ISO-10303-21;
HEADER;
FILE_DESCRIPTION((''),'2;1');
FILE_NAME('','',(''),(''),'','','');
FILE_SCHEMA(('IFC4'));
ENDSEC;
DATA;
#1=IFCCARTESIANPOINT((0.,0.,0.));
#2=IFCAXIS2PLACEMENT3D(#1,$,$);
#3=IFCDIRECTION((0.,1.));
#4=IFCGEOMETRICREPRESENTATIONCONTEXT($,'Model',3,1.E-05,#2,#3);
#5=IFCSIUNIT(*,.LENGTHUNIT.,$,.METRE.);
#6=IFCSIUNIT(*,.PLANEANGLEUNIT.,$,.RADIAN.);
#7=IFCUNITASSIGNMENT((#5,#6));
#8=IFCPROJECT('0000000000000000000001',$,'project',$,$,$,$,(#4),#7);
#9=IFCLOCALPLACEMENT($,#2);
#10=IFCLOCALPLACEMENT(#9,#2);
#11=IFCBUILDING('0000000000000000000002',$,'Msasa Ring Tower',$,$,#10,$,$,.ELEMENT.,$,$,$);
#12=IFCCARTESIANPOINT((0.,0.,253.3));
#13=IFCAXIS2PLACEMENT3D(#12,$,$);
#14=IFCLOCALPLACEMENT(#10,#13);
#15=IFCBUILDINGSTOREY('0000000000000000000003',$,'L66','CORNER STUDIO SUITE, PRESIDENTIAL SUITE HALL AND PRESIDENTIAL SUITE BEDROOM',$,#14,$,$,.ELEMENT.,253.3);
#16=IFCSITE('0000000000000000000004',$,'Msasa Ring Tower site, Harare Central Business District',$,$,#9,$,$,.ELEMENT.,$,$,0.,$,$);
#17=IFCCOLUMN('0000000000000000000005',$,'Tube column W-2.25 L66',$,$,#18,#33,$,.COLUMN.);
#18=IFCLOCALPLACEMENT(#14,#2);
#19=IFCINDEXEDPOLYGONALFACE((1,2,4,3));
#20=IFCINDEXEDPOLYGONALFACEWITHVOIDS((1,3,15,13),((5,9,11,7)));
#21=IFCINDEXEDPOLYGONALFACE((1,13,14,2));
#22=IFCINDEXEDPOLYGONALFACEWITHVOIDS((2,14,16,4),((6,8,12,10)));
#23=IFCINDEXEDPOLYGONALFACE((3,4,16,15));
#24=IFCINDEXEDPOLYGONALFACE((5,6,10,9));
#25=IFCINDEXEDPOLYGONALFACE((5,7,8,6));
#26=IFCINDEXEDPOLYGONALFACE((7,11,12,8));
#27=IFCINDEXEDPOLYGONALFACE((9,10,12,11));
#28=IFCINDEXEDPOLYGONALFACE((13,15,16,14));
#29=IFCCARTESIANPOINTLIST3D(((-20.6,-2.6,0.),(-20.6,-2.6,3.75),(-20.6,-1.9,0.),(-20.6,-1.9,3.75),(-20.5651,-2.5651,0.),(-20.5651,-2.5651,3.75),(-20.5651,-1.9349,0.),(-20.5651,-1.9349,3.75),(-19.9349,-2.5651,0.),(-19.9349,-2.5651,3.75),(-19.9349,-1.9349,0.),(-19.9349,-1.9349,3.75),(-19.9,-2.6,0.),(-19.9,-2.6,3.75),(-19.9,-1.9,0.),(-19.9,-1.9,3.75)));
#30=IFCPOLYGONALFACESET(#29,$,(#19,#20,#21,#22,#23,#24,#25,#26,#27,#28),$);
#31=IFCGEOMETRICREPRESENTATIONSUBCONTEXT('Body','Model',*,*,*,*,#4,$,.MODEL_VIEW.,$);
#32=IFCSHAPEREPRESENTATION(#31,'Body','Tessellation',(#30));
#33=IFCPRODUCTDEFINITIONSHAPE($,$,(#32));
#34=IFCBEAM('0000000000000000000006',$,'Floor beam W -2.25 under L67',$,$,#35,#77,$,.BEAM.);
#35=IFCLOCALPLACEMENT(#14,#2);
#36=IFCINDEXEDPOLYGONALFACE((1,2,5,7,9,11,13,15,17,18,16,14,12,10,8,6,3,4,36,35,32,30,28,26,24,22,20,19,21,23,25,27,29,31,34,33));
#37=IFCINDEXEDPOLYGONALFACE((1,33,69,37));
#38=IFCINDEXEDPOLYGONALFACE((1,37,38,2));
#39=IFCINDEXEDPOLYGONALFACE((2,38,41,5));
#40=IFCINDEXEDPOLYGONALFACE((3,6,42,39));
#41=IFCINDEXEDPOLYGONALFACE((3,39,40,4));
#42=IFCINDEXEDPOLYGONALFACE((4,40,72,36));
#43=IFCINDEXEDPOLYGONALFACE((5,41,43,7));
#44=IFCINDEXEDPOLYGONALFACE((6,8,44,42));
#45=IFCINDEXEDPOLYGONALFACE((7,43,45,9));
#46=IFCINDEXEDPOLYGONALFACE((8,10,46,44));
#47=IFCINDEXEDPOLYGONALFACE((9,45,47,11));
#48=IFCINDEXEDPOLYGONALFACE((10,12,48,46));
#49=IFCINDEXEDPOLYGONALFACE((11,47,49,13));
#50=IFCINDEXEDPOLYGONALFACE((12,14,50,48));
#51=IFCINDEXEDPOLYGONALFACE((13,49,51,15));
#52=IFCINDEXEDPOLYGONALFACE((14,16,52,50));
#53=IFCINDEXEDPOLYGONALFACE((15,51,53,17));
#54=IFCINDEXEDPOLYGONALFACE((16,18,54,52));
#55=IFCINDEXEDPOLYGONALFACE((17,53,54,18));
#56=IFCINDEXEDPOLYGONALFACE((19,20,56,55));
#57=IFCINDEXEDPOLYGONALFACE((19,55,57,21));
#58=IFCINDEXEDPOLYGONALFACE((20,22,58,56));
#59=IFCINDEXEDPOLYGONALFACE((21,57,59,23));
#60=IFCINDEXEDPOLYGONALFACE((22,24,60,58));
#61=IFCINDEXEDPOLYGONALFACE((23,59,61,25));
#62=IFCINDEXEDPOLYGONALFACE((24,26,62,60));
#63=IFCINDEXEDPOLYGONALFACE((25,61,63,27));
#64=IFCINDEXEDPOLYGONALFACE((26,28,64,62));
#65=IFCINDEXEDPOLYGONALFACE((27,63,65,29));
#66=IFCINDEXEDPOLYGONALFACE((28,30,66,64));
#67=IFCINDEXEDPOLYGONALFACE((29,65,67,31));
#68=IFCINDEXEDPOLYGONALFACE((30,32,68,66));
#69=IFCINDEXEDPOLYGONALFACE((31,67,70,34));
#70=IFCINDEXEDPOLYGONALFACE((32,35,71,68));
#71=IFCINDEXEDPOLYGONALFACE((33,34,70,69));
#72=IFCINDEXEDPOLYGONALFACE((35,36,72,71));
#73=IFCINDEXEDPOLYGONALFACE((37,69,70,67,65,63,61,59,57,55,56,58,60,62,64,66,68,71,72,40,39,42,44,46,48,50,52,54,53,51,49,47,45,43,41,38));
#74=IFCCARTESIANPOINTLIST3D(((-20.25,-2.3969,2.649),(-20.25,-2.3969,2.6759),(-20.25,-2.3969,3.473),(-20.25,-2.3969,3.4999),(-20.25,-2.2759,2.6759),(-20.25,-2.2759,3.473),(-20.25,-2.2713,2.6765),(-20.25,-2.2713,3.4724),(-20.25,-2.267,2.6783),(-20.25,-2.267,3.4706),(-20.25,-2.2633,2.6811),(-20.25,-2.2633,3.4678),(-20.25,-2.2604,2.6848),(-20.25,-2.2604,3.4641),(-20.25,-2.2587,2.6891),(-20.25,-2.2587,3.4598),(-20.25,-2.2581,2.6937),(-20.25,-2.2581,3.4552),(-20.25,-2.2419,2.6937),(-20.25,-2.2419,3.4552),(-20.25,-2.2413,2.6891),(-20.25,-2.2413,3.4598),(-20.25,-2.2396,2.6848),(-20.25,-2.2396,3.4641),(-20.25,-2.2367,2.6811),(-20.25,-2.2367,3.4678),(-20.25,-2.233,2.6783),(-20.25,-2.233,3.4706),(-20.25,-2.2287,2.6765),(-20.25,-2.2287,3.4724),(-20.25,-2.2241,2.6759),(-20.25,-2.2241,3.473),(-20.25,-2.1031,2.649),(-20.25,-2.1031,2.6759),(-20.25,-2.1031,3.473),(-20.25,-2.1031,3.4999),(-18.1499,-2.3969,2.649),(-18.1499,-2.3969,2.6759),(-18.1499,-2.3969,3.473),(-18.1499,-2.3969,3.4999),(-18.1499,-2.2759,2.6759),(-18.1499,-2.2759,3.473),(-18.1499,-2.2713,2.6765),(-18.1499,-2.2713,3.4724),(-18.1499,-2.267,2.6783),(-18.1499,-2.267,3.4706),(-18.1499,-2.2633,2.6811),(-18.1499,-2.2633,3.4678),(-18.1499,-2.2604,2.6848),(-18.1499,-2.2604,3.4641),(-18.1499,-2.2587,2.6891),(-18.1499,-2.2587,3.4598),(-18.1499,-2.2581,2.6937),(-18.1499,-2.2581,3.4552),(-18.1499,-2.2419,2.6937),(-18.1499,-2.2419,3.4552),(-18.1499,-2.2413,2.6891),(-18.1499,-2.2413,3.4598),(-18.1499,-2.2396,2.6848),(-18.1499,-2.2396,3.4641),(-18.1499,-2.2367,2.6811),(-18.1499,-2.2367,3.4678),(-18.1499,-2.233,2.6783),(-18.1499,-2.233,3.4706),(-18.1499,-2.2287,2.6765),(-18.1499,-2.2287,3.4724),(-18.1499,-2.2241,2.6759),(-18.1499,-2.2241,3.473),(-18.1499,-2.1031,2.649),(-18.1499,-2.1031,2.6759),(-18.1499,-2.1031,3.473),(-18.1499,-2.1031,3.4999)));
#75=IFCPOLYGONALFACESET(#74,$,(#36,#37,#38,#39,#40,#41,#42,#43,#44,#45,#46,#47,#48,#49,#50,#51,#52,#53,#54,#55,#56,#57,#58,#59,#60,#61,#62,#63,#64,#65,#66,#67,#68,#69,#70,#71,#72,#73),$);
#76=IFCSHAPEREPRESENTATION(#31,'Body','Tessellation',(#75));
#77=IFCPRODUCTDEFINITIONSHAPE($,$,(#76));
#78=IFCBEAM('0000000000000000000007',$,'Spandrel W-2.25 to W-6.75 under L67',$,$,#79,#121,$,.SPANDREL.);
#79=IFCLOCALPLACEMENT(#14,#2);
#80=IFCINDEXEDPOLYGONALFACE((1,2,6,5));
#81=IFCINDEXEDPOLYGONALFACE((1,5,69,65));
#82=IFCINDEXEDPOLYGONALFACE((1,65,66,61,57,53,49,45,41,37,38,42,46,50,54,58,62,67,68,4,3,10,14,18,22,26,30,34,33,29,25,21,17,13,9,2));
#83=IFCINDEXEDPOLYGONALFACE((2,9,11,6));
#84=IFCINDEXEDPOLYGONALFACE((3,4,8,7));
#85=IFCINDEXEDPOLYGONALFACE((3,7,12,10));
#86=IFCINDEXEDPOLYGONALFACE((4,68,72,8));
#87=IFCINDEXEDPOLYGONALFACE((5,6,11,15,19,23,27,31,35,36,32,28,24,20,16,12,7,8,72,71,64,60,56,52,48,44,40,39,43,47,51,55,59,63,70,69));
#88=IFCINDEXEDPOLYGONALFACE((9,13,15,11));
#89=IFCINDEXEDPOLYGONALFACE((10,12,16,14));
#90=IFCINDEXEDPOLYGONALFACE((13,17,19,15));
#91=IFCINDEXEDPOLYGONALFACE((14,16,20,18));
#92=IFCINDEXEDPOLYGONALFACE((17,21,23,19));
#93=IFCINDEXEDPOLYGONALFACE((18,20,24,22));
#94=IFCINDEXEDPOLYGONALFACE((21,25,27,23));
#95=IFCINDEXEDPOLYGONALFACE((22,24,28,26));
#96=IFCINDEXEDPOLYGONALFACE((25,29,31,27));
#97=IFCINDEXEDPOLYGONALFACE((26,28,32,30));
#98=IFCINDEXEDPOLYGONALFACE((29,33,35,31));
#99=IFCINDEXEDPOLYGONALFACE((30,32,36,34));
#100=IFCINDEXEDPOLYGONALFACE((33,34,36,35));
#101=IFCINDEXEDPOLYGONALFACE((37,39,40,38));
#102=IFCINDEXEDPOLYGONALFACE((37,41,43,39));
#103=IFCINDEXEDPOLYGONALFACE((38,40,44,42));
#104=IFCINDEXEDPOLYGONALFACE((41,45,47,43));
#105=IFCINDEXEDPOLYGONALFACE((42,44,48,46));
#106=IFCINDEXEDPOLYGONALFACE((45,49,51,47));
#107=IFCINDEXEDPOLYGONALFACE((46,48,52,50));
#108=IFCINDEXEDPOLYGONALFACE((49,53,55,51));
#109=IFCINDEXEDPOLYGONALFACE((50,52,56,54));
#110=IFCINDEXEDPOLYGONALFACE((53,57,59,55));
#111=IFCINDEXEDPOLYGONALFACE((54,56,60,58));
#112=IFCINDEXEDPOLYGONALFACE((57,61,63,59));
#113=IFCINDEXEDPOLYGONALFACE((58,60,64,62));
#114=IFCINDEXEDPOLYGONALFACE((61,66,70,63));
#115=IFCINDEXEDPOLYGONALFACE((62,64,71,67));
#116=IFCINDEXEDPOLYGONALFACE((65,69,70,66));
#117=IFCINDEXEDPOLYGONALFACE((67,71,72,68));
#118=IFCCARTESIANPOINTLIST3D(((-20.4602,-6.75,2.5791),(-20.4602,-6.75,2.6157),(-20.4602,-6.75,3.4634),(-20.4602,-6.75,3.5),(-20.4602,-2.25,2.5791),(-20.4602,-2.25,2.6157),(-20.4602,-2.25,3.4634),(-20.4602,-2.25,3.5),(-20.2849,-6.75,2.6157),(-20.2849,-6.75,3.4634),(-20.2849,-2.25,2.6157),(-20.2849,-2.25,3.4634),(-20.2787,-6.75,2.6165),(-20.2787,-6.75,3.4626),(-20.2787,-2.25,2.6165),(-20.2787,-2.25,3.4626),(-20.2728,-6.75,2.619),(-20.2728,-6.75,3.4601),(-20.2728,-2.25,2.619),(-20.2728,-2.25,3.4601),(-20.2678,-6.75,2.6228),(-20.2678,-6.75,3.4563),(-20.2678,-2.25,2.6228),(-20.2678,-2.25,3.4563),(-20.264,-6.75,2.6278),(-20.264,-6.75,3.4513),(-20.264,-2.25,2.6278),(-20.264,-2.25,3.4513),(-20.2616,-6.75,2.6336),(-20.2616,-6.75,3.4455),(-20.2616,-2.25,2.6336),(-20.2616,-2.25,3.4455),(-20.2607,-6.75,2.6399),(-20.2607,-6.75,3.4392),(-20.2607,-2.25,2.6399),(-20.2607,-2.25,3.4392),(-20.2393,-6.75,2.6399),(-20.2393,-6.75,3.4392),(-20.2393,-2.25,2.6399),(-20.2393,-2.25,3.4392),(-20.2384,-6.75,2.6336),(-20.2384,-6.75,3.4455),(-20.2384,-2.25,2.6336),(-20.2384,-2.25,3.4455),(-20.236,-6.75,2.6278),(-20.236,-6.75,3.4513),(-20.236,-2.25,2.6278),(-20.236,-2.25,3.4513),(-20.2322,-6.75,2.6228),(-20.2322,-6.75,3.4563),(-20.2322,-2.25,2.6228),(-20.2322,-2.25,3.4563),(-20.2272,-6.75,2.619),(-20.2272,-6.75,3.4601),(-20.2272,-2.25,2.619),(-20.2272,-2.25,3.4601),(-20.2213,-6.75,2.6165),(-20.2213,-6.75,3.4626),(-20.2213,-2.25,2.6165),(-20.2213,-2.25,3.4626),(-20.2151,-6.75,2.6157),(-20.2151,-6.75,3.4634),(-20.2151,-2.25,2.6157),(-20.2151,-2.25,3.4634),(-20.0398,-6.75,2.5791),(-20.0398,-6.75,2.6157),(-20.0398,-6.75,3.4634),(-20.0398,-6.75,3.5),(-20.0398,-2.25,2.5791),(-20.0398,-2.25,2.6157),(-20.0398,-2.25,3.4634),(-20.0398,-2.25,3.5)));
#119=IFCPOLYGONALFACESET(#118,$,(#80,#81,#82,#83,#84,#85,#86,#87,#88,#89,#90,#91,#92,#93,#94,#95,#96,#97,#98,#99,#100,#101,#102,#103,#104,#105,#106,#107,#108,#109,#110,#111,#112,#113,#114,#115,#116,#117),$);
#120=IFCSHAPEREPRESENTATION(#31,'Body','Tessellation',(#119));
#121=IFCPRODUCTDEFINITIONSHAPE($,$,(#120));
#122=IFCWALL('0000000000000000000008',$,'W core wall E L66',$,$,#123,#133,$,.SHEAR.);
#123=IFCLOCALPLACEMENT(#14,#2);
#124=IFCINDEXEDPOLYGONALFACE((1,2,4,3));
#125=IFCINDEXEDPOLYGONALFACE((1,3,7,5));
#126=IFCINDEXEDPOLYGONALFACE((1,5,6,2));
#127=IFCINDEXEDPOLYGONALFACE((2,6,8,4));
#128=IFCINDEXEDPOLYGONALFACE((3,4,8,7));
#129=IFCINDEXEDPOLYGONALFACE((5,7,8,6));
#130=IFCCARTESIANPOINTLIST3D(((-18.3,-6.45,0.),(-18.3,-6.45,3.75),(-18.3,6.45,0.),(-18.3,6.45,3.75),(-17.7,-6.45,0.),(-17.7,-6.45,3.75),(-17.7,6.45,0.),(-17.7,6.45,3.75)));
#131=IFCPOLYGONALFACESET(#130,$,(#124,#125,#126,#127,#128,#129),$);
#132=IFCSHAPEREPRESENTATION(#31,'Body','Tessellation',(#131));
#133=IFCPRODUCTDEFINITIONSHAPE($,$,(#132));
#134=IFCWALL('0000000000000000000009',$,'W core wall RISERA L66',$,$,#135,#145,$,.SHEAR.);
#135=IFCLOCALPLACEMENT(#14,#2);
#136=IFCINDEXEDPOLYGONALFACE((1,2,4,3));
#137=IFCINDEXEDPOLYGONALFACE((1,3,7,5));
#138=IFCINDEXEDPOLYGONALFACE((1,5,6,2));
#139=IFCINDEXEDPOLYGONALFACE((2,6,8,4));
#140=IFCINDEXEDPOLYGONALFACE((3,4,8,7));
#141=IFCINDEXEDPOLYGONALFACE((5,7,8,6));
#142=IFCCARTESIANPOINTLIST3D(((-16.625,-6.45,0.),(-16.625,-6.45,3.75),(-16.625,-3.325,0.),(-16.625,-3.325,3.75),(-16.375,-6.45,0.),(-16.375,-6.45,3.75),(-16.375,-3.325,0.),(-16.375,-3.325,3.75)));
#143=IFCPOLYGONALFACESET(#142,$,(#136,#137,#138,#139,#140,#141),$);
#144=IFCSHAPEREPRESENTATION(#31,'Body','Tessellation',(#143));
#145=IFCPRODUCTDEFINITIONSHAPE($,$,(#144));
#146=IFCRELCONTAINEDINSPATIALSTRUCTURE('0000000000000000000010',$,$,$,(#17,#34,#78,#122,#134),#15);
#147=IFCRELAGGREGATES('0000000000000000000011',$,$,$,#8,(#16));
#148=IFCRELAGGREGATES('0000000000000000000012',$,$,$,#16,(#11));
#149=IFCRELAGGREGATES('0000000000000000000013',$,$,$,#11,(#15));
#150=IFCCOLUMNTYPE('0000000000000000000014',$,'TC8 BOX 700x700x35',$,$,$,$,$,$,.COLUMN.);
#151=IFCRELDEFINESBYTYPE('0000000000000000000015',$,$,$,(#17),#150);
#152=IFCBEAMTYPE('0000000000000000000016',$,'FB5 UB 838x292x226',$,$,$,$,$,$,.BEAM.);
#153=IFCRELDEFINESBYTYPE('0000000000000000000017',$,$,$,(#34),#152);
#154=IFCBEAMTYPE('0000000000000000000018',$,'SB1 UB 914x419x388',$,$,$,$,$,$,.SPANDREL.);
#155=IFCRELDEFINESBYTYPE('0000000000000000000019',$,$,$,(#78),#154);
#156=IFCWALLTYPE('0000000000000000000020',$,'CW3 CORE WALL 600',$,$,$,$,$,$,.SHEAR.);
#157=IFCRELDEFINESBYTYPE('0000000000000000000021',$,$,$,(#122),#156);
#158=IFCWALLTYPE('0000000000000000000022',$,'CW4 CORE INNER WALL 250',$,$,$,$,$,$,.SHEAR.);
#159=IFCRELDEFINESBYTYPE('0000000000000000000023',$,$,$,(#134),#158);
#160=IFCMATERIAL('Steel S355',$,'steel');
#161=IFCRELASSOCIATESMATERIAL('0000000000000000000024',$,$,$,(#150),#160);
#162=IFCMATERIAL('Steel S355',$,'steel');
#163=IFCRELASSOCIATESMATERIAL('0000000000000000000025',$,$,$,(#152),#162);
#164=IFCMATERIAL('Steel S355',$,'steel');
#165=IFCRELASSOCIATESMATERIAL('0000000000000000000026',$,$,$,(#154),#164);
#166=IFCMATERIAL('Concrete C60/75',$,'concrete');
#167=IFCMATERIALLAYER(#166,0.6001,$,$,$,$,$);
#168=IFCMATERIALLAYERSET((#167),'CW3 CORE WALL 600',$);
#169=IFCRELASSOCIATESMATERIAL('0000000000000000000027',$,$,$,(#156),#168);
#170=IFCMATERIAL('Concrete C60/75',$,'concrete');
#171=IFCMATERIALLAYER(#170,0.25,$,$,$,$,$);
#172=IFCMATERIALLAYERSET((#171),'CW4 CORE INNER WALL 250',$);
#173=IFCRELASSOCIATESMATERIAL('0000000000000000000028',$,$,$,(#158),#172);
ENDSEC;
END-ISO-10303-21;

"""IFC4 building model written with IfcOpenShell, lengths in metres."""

from ifc_helpers import new_model, si_unit, direction, frame, frame_2d, origin, origin_2d, place, context, subcontext, project, spatial, rectangle, hollow_rectangle, i_section, extrude, material, layer, layer_set, material_profile, profile_set, type_object, element, save


model = new_model("IFC4")

# Units and contexts
model_context = context("Model", 3, precision=1e-05, world=origin(), true_north=direction((0.0, 1.0)))
body_context = subcontext(model_context, "Body", "Model", "MODEL_VIEW")
ifc_project = project(units=[si_unit("LENGTHUNIT", "METRE"), si_unit("PLANEANGLEUNIT", "RADIAN")], contexts=[model_context])

# Site, building, storey
site_placement = place(None, origin())
site = spatial("IfcSite", under=ifc_project, at=site_placement, Name="Msasa Ring Tower site, Harare Central Business District", CompositionType="ELEMENT", RefElevation=0.0)
building_placement = place(site_placement, origin())
building = spatial("IfcBuilding", under=site, at=building_placement, Name="Msasa Ring Tower", CompositionType="ELEMENT")
storey_placement = place(building_placement, frame((0.0, 0.0, 253.3)))
storey = spatial("IfcBuildingStorey", under=building, at=storey_placement, Name="L66", Description="CORNER STUDIO SUITE, PRESIDENTIAL SUITE HALL AND PRESIDENTIAL SUITE BEDROOM", CompositionType="ELEMENT", Elevation=253.3)

# Column
ifc_material_1 = material(Name="Steel S355", Category="steel")
ifc_material_profile_1 = material_profile(ifc_material_1, hollow_rectangle(XDim=0.7, YDim=0.7, WallThickness=0.0349, at=origin_2d()), Name="BOX 700x700x35")
ifc_profile_set_1 = profile_set([ifc_material_profile_1], Name="Steel S355")
column_type = type_object("IfcColumnType", Name="TC8 BOX 700x700x35", PredefinedType="COLUMN", material=ifc_profile_set_1)
column_placement = place(storey_placement, frame((-20.25, -2.25, 0.0), z_axis=(0.0, 0.0, 1.0), x_axis=(1.0, 0.0, 0.0)))
element("IfcColumn", 1, at=column_placement, inside=storey, type_object=column_type, Name="Tube column W-2.25 L66", PredefinedType="COLUMN", context=body_context, shape_type="SweptSolid", body=[
    extrude(hollow_rectangle(XDim=0.7, YDim=0.7, WallThickness=0.0349, at=origin_2d()), origin(), (0.0, 0.0, 1.0), 3.75),
])

# Beams
ifc_material_2 = material(Name="Steel S355", Category="steel")
ifc_material_profile_2 = material_profile(ifc_material_2, i_section(OverallWidth=0.2937, OverallDepth=0.8508, WebThickness=0.0161, FlangeThickness=0.0269, FilletRadius=0.0178, at=origin_2d()), Name="UB 838x292x226")
ifc_profile_set_2 = profile_set([ifc_material_profile_2], Name="Steel S355")
beam_type_1 = type_object("IfcBeamType", Name="FB5 UB 838x292x226", PredefinedType="BEAM", material=ifc_profile_set_2)
beam_1_placement = place(storey_placement, frame((-20.25, -2.25, 3.0745), z_axis=(1.0, 0.0, 0.0), x_axis=(0.0, 1.0, 0.0)))
element("IfcBeam", 2, at=beam_1_placement, inside=storey, type_object=beam_type_1, Name="Floor beam W -2.25 under L67", PredefinedType="BEAM", context=body_context, shape_type="SweptSolid", body=[
    extrude(i_section(OverallWidth=0.2937, OverallDepth=0.8508, WebThickness=0.0161, FlangeThickness=0.0269, FilletRadius=0.0178, at=origin_2d()), origin(), (0.0, 0.0, 1.0), 2.1001),
])
ifc_material_3 = material(Name="Steel S355", Category="steel")
ifc_material_profile_3 = material_profile(ifc_material_3, i_section(OverallWidth=0.4204, OverallDepth=0.9209, WebThickness=0.0215, FlangeThickness=0.0366, FilletRadius=0.0242, at=origin_2d()), Name="UB 914x419x388")
ifc_profile_set_3 = profile_set([ifc_material_profile_3], Name="Steel S355")
beam_type_2 = type_object("IfcBeamType", Name="SB1 UB 914x419x388", PredefinedType="SPANDREL", material=ifc_profile_set_3)
beam_2_placement = place(storey_placement, frame((-20.25, -2.25, 3.0396), z_axis=(0.0, -1.0, 0.0), x_axis=(1.0, 0.0, 0.0)))
element("IfcBeam", 3, at=beam_2_placement, inside=storey, type_object=beam_type_2, Name="Spandrel W-2.25 to W-6.75 under L67", PredefinedType="SPANDREL", context=body_context, shape_type="SweptSolid", body=[
    extrude(i_section(OverallWidth=0.4204, OverallDepth=0.9209, WebThickness=0.0215, FlangeThickness=0.0366, FilletRadius=0.0242, at=origin_2d()), origin(), (0.0, 0.0, 1.0), 4.5),
])

# Walls
ifc_material_4 = material(Name="Concrete C60/75", Category="concrete")
ifc_layer_1 = layer(ifc_material_4, 0.6001)
ifc_layer_set_1 = layer_set([ifc_layer_1], Name="CW3 CORE WALL 600")
wall_type_1 = type_object("IfcWallType", Name="CW3 CORE WALL 600", PredefinedType="SHEAR", material=ifc_layer_set_1)
wall_1_placement = place(storey_placement, frame((-18.0, -6.45, 0.0), z_axis=(0.0, 0.0, 1.0), x_axis=(0.0, 1.0, 0.0)))
element("IfcWall", 4, at=wall_1_placement, inside=storey, type_object=wall_type_1, Name="W core wall E L66", PredefinedType="SHEAR", context=body_context, shape_type="SweptSolid", body=[
    extrude(rectangle(XDim=12.8999, YDim=0.6001, at=frame_2d((6.45, 0.0))), origin(), (0.0, 0.0, 1.0), 3.75),
])
ifc_material_5 = material(Name="Concrete C60/75", Category="concrete")
ifc_layer_2 = layer(ifc_material_5, 0.25)
ifc_layer_set_2 = layer_set([ifc_layer_2], Name="CW4 CORE INNER WALL 250")
wall_type_2 = type_object("IfcWallType", Name="CW4 CORE INNER WALL 250", PredefinedType="SHEAR", material=ifc_layer_set_2)
wall_2_placement = place(storey_placement, frame((-16.5, -6.45, 0.0), z_axis=(0.0, 0.0, 1.0), x_axis=(0.0, 1.0, 0.0)))
element("IfcWall", 5, at=wall_2_placement, inside=storey, type_object=wall_type_2, Name="W core wall RISERA L66", PredefinedType="SHEAR", context=body_context, shape_type="SweptSolid", body=[
    extrude(rectangle(XDim=3.125, YDim=0.25, at=frame_2d((1.5625, 0.0))), origin(), (0.0, 0.0, 1.0), 3.75),
])

save(model, "model.ifc")
